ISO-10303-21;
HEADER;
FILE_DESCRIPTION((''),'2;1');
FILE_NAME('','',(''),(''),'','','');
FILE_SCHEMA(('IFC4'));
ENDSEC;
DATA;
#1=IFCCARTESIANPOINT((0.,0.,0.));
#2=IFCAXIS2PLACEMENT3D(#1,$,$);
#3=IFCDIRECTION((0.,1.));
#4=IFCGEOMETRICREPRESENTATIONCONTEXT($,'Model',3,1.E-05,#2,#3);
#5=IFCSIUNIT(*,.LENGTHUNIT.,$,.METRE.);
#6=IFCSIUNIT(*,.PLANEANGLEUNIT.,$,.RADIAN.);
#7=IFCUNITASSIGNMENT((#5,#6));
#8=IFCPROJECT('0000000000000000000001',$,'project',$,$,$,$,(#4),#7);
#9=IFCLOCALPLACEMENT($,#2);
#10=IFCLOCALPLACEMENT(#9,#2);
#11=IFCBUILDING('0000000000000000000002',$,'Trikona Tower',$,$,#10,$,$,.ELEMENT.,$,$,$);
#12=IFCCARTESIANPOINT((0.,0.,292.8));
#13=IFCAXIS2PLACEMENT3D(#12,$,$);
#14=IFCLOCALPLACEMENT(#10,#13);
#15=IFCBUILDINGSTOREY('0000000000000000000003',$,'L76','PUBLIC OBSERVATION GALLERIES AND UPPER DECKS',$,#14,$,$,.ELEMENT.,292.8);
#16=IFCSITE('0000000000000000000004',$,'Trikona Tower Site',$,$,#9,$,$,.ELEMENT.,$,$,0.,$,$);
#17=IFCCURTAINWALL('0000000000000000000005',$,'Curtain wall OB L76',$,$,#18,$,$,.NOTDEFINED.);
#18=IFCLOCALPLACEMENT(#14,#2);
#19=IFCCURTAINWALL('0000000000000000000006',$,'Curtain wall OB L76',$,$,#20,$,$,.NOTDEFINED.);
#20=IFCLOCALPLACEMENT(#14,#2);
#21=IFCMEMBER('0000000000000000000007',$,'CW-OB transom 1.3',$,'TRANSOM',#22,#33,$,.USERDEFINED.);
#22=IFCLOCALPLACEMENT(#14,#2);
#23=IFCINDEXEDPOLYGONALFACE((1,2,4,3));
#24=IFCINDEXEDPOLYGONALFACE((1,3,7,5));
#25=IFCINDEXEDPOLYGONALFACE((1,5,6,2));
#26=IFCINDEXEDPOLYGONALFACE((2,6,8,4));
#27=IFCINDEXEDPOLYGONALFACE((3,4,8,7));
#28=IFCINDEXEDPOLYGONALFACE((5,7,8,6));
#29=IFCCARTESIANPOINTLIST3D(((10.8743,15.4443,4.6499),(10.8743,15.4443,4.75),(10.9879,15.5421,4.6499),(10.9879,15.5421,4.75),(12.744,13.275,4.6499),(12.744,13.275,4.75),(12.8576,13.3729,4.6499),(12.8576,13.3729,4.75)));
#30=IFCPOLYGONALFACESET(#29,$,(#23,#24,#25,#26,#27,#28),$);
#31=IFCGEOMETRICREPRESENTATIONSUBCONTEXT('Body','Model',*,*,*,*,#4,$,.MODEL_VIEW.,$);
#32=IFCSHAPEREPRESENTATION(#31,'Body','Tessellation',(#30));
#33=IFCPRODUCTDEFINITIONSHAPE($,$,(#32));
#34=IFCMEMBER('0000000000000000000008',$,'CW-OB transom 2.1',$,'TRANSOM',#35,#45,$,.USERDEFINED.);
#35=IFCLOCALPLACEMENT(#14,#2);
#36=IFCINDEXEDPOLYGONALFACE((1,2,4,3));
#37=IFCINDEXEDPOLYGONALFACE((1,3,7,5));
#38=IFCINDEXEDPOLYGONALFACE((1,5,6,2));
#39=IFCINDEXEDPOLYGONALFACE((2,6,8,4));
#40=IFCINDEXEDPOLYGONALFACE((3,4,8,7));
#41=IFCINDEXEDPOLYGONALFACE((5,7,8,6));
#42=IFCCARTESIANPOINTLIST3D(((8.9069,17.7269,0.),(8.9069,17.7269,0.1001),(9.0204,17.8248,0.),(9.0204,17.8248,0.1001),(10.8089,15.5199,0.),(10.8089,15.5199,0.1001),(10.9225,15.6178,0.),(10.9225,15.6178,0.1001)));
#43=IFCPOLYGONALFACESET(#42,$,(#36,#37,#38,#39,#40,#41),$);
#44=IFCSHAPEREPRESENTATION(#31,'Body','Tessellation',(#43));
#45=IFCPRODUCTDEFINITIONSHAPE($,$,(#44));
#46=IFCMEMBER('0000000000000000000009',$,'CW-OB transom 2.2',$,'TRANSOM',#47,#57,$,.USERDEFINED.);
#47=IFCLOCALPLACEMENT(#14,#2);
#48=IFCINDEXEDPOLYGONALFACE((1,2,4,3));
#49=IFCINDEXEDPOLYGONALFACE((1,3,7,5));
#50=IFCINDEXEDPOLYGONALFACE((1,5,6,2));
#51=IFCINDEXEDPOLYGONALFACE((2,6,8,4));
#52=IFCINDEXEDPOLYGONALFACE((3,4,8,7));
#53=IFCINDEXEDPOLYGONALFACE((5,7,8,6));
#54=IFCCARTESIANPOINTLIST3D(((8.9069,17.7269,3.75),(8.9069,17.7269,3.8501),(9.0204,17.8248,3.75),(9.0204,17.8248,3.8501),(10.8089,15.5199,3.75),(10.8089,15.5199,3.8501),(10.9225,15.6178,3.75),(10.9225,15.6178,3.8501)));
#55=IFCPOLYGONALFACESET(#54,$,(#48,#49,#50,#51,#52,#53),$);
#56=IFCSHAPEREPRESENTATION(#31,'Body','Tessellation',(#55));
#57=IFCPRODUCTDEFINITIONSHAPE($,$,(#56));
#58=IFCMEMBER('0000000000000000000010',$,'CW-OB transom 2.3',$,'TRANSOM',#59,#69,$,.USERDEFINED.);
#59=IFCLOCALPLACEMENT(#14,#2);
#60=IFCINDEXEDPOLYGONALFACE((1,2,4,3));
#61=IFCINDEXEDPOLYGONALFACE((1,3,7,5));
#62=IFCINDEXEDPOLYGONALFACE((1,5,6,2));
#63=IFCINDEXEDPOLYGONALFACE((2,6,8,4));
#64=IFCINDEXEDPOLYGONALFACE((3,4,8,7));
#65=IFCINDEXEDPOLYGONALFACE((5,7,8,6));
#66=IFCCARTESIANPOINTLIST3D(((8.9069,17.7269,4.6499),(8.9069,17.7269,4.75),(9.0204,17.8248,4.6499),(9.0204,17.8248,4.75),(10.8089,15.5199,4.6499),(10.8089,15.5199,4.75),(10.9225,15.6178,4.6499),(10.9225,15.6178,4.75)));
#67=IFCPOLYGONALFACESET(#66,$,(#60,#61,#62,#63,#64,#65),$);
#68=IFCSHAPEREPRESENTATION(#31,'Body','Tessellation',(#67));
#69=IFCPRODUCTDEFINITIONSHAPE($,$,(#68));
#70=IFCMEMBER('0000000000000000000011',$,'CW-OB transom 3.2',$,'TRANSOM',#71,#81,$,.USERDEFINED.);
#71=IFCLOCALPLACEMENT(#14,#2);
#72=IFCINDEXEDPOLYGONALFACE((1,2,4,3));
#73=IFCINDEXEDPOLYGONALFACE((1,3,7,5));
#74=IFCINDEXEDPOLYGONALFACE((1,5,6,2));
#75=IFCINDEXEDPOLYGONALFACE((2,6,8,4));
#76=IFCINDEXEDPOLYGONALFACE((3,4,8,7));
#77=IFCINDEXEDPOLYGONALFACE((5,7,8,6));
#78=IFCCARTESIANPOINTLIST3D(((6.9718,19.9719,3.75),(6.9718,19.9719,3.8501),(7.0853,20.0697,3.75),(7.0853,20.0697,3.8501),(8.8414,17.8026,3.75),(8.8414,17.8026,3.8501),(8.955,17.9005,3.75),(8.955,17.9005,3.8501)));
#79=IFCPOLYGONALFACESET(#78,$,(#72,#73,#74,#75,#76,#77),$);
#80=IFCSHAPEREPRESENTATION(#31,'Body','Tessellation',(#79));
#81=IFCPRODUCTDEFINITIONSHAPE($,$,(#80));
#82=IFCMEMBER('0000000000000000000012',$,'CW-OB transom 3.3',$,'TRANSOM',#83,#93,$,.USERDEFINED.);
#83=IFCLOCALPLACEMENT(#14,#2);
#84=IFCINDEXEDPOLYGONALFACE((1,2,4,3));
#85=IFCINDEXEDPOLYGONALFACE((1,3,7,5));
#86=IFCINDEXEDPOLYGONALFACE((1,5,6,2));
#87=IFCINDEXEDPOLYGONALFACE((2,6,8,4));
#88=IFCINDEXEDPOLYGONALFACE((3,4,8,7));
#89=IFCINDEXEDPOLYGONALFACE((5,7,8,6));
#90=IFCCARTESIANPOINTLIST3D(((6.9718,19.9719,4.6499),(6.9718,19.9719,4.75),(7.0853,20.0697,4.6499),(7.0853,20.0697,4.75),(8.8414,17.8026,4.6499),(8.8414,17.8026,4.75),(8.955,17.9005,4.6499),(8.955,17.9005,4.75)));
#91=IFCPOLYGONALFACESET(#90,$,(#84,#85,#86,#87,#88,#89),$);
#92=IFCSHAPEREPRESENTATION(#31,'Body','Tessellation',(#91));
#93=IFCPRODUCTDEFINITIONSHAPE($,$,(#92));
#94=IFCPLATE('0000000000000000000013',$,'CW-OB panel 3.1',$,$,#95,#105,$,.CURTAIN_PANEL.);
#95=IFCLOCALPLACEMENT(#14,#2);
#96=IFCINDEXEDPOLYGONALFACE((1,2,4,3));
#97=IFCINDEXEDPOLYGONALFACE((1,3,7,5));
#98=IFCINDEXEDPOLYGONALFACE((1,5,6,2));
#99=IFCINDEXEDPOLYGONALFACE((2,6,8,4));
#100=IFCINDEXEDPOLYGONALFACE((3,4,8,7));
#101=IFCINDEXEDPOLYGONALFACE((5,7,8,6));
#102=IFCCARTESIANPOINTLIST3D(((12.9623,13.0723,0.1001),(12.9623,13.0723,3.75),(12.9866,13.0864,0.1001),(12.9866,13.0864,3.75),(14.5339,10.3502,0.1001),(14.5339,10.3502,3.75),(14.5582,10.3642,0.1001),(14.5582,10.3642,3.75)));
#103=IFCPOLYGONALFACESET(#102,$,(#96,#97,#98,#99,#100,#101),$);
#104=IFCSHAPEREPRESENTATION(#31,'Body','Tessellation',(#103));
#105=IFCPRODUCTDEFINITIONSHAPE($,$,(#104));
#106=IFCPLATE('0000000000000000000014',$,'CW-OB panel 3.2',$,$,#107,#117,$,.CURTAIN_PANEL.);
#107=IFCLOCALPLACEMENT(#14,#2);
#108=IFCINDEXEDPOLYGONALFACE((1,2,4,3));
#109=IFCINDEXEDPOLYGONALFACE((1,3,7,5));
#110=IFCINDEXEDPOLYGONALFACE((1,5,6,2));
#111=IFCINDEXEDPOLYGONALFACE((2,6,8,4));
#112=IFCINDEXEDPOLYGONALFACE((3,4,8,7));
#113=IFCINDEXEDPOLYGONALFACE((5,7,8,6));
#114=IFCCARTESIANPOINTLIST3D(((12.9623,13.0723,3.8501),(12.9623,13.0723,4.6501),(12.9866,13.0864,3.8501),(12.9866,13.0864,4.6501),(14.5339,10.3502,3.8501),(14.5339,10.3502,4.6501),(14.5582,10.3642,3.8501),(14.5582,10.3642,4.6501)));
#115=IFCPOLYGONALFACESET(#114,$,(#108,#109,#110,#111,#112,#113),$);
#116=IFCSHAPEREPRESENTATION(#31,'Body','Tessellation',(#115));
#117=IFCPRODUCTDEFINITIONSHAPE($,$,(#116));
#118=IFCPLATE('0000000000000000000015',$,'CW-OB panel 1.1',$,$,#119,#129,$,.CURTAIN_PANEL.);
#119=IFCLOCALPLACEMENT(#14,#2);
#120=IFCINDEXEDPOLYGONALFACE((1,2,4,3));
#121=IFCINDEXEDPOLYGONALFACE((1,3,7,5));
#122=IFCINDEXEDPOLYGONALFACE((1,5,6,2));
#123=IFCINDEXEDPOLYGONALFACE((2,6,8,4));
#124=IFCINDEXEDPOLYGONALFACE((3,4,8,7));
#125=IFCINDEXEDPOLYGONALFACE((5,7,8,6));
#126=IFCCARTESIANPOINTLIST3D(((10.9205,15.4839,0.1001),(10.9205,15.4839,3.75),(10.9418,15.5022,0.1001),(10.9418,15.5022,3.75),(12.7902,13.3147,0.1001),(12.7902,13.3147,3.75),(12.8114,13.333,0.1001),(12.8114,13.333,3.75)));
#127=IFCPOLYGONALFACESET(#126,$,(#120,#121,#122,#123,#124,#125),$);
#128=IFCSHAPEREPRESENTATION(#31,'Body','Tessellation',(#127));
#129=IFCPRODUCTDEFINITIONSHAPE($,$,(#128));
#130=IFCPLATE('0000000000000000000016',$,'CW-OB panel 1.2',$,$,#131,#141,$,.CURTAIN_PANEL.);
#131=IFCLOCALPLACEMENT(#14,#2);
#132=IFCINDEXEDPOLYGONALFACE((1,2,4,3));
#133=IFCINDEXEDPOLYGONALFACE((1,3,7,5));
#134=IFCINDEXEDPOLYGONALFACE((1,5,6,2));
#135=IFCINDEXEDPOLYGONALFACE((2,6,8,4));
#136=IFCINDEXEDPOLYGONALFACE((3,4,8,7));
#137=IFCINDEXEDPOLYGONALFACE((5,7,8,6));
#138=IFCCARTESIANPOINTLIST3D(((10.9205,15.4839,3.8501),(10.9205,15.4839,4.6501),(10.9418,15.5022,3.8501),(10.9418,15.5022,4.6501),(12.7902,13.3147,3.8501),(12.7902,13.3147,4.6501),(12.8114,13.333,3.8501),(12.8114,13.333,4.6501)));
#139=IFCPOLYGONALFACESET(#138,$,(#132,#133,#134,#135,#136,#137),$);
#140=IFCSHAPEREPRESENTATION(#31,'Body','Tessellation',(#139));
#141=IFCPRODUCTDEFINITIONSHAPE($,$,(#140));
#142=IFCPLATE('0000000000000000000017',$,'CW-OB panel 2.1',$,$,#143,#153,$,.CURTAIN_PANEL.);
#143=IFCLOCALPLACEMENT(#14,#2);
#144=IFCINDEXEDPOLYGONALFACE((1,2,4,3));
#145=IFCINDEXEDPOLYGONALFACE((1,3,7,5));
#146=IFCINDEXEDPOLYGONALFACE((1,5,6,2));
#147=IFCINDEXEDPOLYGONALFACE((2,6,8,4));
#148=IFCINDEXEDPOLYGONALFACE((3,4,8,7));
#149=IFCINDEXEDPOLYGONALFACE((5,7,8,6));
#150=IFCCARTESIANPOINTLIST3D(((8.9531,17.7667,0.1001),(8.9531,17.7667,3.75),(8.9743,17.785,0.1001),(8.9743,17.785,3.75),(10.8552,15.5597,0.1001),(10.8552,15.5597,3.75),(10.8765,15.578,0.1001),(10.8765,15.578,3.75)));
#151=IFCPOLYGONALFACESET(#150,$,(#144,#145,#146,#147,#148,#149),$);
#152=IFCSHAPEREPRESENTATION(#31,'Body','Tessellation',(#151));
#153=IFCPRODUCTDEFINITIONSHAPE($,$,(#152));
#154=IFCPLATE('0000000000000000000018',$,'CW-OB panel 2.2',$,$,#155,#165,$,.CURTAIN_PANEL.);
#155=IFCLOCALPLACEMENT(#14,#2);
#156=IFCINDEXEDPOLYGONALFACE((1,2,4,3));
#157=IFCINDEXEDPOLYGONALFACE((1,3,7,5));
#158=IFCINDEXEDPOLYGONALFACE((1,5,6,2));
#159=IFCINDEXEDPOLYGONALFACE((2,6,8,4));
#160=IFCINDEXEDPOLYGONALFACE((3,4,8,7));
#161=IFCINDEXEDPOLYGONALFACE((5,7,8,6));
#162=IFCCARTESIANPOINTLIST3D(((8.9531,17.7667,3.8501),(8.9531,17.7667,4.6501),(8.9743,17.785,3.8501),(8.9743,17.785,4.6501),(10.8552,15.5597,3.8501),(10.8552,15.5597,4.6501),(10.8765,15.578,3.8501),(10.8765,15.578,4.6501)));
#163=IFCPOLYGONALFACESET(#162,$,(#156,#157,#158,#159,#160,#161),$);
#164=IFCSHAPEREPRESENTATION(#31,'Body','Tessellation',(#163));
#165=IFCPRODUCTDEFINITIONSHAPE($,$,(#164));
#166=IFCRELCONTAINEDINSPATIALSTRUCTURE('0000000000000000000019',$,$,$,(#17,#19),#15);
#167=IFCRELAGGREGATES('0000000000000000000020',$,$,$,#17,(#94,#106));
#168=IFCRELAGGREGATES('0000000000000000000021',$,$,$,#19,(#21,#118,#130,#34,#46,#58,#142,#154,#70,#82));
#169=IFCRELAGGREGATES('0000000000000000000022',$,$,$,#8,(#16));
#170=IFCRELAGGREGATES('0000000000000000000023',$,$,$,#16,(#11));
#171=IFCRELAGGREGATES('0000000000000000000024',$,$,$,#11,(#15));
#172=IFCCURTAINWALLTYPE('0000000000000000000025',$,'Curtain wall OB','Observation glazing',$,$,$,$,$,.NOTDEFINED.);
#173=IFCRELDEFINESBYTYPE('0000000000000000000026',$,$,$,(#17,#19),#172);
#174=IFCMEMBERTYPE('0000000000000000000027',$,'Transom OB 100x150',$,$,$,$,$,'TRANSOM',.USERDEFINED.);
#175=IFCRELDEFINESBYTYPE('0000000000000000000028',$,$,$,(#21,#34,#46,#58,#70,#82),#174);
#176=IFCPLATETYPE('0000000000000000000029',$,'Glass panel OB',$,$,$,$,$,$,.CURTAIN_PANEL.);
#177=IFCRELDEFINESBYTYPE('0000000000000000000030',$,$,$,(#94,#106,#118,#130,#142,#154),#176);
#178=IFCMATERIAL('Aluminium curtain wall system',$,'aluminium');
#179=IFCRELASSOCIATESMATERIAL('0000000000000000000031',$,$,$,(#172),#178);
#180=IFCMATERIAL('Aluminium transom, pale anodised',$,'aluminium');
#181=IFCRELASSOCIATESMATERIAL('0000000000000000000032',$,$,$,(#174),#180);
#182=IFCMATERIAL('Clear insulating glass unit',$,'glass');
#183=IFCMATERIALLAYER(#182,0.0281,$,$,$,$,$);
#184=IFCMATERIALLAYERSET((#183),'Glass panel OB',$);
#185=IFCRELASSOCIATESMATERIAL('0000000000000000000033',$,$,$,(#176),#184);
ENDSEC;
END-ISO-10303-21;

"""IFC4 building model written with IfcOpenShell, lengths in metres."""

from ifc_helpers import new_model, si_unit, direction, frame, origin, origin_2d, place, context, subcontext, project, spatial, rectangle, extrude, material, layer, layer_set, material_profile, profile_set, type_object, element, aggregate, save


model = new_model("IFC4")

# Units and contexts
model_context = context("Model", 3, precision=1e-05, world=origin(), true_north=direction((0.0, 1.0)))
body_context = subcontext(model_context, "Body", "Model", "MODEL_VIEW")
ifc_project = project(units=[si_unit("LENGTHUNIT", "METRE"), si_unit("PLANEANGLEUNIT", "RADIAN")], contexts=[model_context])

# Site, building, storey
site_placement = place(None, origin())
site = spatial("IfcSite", under=ifc_project, at=site_placement, Name="Trikona Tower Site", CompositionType="ELEMENT", RefElevation=0.0)
building_placement = place(site_placement, origin())
building = spatial("IfcBuilding", under=site, at=building_placement, Name="Trikona Tower", CompositionType="ELEMENT")
storey_placement = place(building_placement, frame((0.0, 0.0, 292.8)))
storey = spatial("IfcBuildingStorey", under=building, at=storey_placement, Name="L76", Description="PUBLIC OBSERVATION GALLERIES AND UPPER DECKS", CompositionType="ELEMENT", Elevation=292.8)

# Curtain walls
ifc_material_1 = material(Name="Aluminium curtain wall system", Category="aluminium")
curtain_wall_type = type_object("IfcCurtainWallType", Name="Curtain wall OB", Description="Observation glazing", PredefinedType="NOTDEFINED", material=ifc_material_1)
curtain_wall_1_placement = place(storey_placement, origin())
curtain_wall_1 = element("IfcCurtainWall", 1, at=curtain_wall_1_placement, inside=storey, type_object=curtain_wall_type, Name="Curtain wall OB L76", PredefinedType="NOTDEFINED")
curtain_wall_2_placement = place(storey_placement, origin())
curtain_wall_2 = element("IfcCurtainWall", 2, at=curtain_wall_2_placement, inside=storey, type_object=curtain_wall_type, Name="Curtain wall OB L76", PredefinedType="NOTDEFINED")

# Members
ifc_material_2 = material(Name="Aluminium transom, pale anodised", Category="aluminium")
ifc_material_profile_1 = material_profile(ifc_material_2, rectangle(XDim=0.1499, YDim=0.1001, at=origin_2d()), Name="TRN-OB")
ifc_profile_set_1 = profile_set([ifc_material_profile_1], Name="Aluminium transom, pale anodised")
member_type_1 = type_object("IfcMemberType", Name="Transom OB 100x150", ElementType="TRANSOM", PredefinedType="USERDEFINED", material=ifc_profile_set_1)
member_1_placement = place(storey_placement, frame((12.8008, 13.324, 4.7), z_axis=(-0.652867, 0.757472, 0.0), x_axis=(-0.757472, -0.652867, 0.0)))
member_1 = element("IfcMember", 3, at=member_1_placement, type_object=member_type_1, Name="CW-OB transom 1.3", ObjectType="TRANSOM", PredefinedType="USERDEFINED", context=body_context, shape_type="SweptSolid", body=[
    extrude(rectangle(XDim=0.1499, YDim=0.1001, at=origin_2d()), origin(), (0.0, 0.0, 1.0), 2.8638),
])
member_2_placement = place(storey_placement, frame((10.8657, 15.5688, 0.05), z_axis=(-0.652839, 0.757497, 0.0), x_axis=(-0.757497, -0.652839, 0.0)))
member_2 = element("IfcMember", 4, at=member_2_placement, type_object=member_type_1, Name="CW-OB transom 2.1", ObjectType="TRANSOM", PredefinedType="USERDEFINED", context=body_context, shape_type="SweptSolid", body=[
    extrude(rectangle(XDim=0.1499, YDim=0.1001, at=origin_2d()), origin(), (0.0, 0.0, 1.0), 2.9136),
])
member_3_placement = place(storey_placement, frame((10.8657, 15.5688, 3.8), z_axis=(-0.652839, 0.757497, 0.0), x_axis=(-0.757497, -0.652839, 0.0)))
member_3 = element("IfcMember", 5, at=member_3_placement, type_object=member_type_1, Name="CW-OB transom 2.2", ObjectType="TRANSOM", PredefinedType="USERDEFINED", context=body_context, shape_type="SweptSolid", body=[
    extrude(rectangle(XDim=0.1499, YDim=0.1001, at=origin_2d()), origin(), (0.0, 0.0, 1.0), 2.9136),
])
member_4_placement = place(storey_placement, frame((10.8657, 15.5688, 4.7), z_axis=(-0.652839, 0.757497, 0.0), x_axis=(-0.757497, -0.652839, 0.0)))
member_4 = element("IfcMember", 6, at=member_4_placement, type_object=member_type_1, Name="CW-OB transom 2.3", ObjectType="TRANSOM", PredefinedType="USERDEFINED", context=body_context, shape_type="SweptSolid", body=[
    extrude(rectangle(XDim=0.1499, YDim=0.1001, at=origin_2d()), origin(), (0.0, 0.0, 1.0), 2.9136),
])
member_5_placement = place(storey_placement, frame((8.8982, 17.8516, 3.8), z_axis=(-0.652867, 0.757472, 0.0), x_axis=(-0.757472, -0.652867, 0.0)))
member_5 = element("IfcMember", 7, at=member_5_placement, type_object=member_type_1, Name="CW-OB transom 3.2", ObjectType="TRANSOM", PredefinedType="USERDEFINED", context=body_context, shape_type="SweptSolid", body=[
    extrude(rectangle(XDim=0.1499, YDim=0.1001, at=origin_2d()), origin(), (0.0, 0.0, 1.0), 2.8638),
])
member_6_placement = place(storey_placement, frame((8.8982, 17.8516, 4.7), z_axis=(-0.652867, 0.757472, 0.0), x_axis=(-0.757472, -0.652867, 0.0)))
member_6 = element("IfcMember", 8, at=member_6_placement, type_object=member_type_1, Name="CW-OB transom 3.3", ObjectType="TRANSOM", PredefinedType="USERDEFINED", context=body_context, shape_type="SweptSolid", body=[
    extrude(rectangle(XDim=0.1499, YDim=0.1001, at=origin_2d()), origin(), (0.0, 0.0, 1.0), 2.8638),
])

# Plates
ifc_material_3 = material(Name="Clear insulating glass unit", Category="glass")
ifc_layer = layer(ifc_material_3, 0.0281)
ifc_layer_set = layer_set([ifc_layer], Name="Glass panel OB")
plate_type = type_object("IfcPlateType", Name="Glass panel OB", PredefinedType="CURTAIN_PANEL", material=ifc_layer_set)
plate_1_placement = place(storey_placement, frame((13.7603, 11.7183, 0.1001), z_axis=(0.0, 0.0, 1.0), x_axis=(-0.500006, 0.866022, 0.0)))
plate_1 = element("IfcPlate", 9, at=plate_1_placement, type_object=plate_type, Name="CW-OB panel 3.1", PredefinedType="CURTAIN_PANEL", context=body_context, shape_type="SweptSolid", body=[
    extrude(rectangle(XDim=3.1433, YDim=0.0281, at=origin_2d()), origin(), (0.0, 0.0, 1.0), 3.6499),
])
plate_2_placement = place(storey_placement, frame((13.7603, 11.7183, 3.8501), z_axis=(0.0, 0.0, 1.0), x_axis=(-0.500006, 0.866022, 0.0)))
plate_2 = element("IfcPlate", 10, at=plate_2_placement, type_object=plate_type, Name="CW-OB panel 3.2", PredefinedType="CURTAIN_PANEL", context=body_context, shape_type="SweptSolid", body=[
    extrude(rectangle(XDim=3.1433, YDim=0.0281, at=origin_2d()), origin(), (0.0, 0.0, 1.0), 0.8),
])
aggregate(curtain_wall_1, [plate_1, plate_2])
plate_3_placement = place(storey_placement, frame((11.866, 14.4084, 0.1001), z_axis=(0.0, 0.0, 1.0), x_axis=(-0.652864, 0.757475, 0.0)))
plate_3 = element("IfcPlate", 11, at=plate_3_placement, type_object=plate_type, Name="CW-OB panel 1.1", PredefinedType="CURTAIN_PANEL", context=body_context, shape_type="SweptSolid", body=[
    extrude(rectangle(XDim=2.8638, YDim=0.0281, at=origin_2d()), origin(), (0.0, 0.0, 1.0), 3.6499),
])
plate_4_placement = place(storey_placement, frame((11.866, 14.4084, 3.8501), z_axis=(0.0, 0.0, 1.0), x_axis=(-0.652864, 0.757475, 0.0)))
plate_4 = element("IfcPlate", 12, at=plate_4_placement, type_object=plate_type, Name="CW-OB panel 1.2", PredefinedType="CURTAIN_PANEL", context=body_context, shape_type="SweptSolid", body=[
    extrude(rectangle(XDim=2.8638, YDim=0.0281, at=origin_2d()), origin(), (0.0, 0.0, 1.0), 0.8),
])
plate_5_placement = place(storey_placement, frame((9.9148, 16.6724, 0.1001), z_axis=(0.0, 0.0, 1.0), x_axis=(-0.652864, 0.757475, 0.0)))
plate_5 = element("IfcPlate", 13, at=plate_5_placement, type_object=plate_type, Name="CW-OB panel 2.1", PredefinedType="CURTAIN_PANEL", context=body_context, shape_type="SweptSolid", body=[
    extrude(rectangle(XDim=2.9136, YDim=0.0281, at=origin_2d()), origin(), (0.0, 0.0, 1.0), 3.6499),
])
plate_6_placement = place(storey_placement, frame((9.9148, 16.6724, 3.8501), z_axis=(0.0, 0.0, 1.0), x_axis=(-0.652864, 0.757475, 0.0)))
plate_6 = element("IfcPlate", 14, at=plate_6_placement, type_object=plate_type, Name="CW-OB panel 2.2", PredefinedType="CURTAIN_PANEL", context=body_context, shape_type="SweptSolid", body=[
    extrude(rectangle(XDim=2.9136, YDim=0.0281, at=origin_2d()), origin(), (0.0, 0.0, 1.0), 0.8),
])
aggregate(curtain_wall_2, [member_1, plate_3, plate_4, member_2, member_3, member_4, plate_5, plate_6, member_5, member_6])

save(model, "model.ifc")
